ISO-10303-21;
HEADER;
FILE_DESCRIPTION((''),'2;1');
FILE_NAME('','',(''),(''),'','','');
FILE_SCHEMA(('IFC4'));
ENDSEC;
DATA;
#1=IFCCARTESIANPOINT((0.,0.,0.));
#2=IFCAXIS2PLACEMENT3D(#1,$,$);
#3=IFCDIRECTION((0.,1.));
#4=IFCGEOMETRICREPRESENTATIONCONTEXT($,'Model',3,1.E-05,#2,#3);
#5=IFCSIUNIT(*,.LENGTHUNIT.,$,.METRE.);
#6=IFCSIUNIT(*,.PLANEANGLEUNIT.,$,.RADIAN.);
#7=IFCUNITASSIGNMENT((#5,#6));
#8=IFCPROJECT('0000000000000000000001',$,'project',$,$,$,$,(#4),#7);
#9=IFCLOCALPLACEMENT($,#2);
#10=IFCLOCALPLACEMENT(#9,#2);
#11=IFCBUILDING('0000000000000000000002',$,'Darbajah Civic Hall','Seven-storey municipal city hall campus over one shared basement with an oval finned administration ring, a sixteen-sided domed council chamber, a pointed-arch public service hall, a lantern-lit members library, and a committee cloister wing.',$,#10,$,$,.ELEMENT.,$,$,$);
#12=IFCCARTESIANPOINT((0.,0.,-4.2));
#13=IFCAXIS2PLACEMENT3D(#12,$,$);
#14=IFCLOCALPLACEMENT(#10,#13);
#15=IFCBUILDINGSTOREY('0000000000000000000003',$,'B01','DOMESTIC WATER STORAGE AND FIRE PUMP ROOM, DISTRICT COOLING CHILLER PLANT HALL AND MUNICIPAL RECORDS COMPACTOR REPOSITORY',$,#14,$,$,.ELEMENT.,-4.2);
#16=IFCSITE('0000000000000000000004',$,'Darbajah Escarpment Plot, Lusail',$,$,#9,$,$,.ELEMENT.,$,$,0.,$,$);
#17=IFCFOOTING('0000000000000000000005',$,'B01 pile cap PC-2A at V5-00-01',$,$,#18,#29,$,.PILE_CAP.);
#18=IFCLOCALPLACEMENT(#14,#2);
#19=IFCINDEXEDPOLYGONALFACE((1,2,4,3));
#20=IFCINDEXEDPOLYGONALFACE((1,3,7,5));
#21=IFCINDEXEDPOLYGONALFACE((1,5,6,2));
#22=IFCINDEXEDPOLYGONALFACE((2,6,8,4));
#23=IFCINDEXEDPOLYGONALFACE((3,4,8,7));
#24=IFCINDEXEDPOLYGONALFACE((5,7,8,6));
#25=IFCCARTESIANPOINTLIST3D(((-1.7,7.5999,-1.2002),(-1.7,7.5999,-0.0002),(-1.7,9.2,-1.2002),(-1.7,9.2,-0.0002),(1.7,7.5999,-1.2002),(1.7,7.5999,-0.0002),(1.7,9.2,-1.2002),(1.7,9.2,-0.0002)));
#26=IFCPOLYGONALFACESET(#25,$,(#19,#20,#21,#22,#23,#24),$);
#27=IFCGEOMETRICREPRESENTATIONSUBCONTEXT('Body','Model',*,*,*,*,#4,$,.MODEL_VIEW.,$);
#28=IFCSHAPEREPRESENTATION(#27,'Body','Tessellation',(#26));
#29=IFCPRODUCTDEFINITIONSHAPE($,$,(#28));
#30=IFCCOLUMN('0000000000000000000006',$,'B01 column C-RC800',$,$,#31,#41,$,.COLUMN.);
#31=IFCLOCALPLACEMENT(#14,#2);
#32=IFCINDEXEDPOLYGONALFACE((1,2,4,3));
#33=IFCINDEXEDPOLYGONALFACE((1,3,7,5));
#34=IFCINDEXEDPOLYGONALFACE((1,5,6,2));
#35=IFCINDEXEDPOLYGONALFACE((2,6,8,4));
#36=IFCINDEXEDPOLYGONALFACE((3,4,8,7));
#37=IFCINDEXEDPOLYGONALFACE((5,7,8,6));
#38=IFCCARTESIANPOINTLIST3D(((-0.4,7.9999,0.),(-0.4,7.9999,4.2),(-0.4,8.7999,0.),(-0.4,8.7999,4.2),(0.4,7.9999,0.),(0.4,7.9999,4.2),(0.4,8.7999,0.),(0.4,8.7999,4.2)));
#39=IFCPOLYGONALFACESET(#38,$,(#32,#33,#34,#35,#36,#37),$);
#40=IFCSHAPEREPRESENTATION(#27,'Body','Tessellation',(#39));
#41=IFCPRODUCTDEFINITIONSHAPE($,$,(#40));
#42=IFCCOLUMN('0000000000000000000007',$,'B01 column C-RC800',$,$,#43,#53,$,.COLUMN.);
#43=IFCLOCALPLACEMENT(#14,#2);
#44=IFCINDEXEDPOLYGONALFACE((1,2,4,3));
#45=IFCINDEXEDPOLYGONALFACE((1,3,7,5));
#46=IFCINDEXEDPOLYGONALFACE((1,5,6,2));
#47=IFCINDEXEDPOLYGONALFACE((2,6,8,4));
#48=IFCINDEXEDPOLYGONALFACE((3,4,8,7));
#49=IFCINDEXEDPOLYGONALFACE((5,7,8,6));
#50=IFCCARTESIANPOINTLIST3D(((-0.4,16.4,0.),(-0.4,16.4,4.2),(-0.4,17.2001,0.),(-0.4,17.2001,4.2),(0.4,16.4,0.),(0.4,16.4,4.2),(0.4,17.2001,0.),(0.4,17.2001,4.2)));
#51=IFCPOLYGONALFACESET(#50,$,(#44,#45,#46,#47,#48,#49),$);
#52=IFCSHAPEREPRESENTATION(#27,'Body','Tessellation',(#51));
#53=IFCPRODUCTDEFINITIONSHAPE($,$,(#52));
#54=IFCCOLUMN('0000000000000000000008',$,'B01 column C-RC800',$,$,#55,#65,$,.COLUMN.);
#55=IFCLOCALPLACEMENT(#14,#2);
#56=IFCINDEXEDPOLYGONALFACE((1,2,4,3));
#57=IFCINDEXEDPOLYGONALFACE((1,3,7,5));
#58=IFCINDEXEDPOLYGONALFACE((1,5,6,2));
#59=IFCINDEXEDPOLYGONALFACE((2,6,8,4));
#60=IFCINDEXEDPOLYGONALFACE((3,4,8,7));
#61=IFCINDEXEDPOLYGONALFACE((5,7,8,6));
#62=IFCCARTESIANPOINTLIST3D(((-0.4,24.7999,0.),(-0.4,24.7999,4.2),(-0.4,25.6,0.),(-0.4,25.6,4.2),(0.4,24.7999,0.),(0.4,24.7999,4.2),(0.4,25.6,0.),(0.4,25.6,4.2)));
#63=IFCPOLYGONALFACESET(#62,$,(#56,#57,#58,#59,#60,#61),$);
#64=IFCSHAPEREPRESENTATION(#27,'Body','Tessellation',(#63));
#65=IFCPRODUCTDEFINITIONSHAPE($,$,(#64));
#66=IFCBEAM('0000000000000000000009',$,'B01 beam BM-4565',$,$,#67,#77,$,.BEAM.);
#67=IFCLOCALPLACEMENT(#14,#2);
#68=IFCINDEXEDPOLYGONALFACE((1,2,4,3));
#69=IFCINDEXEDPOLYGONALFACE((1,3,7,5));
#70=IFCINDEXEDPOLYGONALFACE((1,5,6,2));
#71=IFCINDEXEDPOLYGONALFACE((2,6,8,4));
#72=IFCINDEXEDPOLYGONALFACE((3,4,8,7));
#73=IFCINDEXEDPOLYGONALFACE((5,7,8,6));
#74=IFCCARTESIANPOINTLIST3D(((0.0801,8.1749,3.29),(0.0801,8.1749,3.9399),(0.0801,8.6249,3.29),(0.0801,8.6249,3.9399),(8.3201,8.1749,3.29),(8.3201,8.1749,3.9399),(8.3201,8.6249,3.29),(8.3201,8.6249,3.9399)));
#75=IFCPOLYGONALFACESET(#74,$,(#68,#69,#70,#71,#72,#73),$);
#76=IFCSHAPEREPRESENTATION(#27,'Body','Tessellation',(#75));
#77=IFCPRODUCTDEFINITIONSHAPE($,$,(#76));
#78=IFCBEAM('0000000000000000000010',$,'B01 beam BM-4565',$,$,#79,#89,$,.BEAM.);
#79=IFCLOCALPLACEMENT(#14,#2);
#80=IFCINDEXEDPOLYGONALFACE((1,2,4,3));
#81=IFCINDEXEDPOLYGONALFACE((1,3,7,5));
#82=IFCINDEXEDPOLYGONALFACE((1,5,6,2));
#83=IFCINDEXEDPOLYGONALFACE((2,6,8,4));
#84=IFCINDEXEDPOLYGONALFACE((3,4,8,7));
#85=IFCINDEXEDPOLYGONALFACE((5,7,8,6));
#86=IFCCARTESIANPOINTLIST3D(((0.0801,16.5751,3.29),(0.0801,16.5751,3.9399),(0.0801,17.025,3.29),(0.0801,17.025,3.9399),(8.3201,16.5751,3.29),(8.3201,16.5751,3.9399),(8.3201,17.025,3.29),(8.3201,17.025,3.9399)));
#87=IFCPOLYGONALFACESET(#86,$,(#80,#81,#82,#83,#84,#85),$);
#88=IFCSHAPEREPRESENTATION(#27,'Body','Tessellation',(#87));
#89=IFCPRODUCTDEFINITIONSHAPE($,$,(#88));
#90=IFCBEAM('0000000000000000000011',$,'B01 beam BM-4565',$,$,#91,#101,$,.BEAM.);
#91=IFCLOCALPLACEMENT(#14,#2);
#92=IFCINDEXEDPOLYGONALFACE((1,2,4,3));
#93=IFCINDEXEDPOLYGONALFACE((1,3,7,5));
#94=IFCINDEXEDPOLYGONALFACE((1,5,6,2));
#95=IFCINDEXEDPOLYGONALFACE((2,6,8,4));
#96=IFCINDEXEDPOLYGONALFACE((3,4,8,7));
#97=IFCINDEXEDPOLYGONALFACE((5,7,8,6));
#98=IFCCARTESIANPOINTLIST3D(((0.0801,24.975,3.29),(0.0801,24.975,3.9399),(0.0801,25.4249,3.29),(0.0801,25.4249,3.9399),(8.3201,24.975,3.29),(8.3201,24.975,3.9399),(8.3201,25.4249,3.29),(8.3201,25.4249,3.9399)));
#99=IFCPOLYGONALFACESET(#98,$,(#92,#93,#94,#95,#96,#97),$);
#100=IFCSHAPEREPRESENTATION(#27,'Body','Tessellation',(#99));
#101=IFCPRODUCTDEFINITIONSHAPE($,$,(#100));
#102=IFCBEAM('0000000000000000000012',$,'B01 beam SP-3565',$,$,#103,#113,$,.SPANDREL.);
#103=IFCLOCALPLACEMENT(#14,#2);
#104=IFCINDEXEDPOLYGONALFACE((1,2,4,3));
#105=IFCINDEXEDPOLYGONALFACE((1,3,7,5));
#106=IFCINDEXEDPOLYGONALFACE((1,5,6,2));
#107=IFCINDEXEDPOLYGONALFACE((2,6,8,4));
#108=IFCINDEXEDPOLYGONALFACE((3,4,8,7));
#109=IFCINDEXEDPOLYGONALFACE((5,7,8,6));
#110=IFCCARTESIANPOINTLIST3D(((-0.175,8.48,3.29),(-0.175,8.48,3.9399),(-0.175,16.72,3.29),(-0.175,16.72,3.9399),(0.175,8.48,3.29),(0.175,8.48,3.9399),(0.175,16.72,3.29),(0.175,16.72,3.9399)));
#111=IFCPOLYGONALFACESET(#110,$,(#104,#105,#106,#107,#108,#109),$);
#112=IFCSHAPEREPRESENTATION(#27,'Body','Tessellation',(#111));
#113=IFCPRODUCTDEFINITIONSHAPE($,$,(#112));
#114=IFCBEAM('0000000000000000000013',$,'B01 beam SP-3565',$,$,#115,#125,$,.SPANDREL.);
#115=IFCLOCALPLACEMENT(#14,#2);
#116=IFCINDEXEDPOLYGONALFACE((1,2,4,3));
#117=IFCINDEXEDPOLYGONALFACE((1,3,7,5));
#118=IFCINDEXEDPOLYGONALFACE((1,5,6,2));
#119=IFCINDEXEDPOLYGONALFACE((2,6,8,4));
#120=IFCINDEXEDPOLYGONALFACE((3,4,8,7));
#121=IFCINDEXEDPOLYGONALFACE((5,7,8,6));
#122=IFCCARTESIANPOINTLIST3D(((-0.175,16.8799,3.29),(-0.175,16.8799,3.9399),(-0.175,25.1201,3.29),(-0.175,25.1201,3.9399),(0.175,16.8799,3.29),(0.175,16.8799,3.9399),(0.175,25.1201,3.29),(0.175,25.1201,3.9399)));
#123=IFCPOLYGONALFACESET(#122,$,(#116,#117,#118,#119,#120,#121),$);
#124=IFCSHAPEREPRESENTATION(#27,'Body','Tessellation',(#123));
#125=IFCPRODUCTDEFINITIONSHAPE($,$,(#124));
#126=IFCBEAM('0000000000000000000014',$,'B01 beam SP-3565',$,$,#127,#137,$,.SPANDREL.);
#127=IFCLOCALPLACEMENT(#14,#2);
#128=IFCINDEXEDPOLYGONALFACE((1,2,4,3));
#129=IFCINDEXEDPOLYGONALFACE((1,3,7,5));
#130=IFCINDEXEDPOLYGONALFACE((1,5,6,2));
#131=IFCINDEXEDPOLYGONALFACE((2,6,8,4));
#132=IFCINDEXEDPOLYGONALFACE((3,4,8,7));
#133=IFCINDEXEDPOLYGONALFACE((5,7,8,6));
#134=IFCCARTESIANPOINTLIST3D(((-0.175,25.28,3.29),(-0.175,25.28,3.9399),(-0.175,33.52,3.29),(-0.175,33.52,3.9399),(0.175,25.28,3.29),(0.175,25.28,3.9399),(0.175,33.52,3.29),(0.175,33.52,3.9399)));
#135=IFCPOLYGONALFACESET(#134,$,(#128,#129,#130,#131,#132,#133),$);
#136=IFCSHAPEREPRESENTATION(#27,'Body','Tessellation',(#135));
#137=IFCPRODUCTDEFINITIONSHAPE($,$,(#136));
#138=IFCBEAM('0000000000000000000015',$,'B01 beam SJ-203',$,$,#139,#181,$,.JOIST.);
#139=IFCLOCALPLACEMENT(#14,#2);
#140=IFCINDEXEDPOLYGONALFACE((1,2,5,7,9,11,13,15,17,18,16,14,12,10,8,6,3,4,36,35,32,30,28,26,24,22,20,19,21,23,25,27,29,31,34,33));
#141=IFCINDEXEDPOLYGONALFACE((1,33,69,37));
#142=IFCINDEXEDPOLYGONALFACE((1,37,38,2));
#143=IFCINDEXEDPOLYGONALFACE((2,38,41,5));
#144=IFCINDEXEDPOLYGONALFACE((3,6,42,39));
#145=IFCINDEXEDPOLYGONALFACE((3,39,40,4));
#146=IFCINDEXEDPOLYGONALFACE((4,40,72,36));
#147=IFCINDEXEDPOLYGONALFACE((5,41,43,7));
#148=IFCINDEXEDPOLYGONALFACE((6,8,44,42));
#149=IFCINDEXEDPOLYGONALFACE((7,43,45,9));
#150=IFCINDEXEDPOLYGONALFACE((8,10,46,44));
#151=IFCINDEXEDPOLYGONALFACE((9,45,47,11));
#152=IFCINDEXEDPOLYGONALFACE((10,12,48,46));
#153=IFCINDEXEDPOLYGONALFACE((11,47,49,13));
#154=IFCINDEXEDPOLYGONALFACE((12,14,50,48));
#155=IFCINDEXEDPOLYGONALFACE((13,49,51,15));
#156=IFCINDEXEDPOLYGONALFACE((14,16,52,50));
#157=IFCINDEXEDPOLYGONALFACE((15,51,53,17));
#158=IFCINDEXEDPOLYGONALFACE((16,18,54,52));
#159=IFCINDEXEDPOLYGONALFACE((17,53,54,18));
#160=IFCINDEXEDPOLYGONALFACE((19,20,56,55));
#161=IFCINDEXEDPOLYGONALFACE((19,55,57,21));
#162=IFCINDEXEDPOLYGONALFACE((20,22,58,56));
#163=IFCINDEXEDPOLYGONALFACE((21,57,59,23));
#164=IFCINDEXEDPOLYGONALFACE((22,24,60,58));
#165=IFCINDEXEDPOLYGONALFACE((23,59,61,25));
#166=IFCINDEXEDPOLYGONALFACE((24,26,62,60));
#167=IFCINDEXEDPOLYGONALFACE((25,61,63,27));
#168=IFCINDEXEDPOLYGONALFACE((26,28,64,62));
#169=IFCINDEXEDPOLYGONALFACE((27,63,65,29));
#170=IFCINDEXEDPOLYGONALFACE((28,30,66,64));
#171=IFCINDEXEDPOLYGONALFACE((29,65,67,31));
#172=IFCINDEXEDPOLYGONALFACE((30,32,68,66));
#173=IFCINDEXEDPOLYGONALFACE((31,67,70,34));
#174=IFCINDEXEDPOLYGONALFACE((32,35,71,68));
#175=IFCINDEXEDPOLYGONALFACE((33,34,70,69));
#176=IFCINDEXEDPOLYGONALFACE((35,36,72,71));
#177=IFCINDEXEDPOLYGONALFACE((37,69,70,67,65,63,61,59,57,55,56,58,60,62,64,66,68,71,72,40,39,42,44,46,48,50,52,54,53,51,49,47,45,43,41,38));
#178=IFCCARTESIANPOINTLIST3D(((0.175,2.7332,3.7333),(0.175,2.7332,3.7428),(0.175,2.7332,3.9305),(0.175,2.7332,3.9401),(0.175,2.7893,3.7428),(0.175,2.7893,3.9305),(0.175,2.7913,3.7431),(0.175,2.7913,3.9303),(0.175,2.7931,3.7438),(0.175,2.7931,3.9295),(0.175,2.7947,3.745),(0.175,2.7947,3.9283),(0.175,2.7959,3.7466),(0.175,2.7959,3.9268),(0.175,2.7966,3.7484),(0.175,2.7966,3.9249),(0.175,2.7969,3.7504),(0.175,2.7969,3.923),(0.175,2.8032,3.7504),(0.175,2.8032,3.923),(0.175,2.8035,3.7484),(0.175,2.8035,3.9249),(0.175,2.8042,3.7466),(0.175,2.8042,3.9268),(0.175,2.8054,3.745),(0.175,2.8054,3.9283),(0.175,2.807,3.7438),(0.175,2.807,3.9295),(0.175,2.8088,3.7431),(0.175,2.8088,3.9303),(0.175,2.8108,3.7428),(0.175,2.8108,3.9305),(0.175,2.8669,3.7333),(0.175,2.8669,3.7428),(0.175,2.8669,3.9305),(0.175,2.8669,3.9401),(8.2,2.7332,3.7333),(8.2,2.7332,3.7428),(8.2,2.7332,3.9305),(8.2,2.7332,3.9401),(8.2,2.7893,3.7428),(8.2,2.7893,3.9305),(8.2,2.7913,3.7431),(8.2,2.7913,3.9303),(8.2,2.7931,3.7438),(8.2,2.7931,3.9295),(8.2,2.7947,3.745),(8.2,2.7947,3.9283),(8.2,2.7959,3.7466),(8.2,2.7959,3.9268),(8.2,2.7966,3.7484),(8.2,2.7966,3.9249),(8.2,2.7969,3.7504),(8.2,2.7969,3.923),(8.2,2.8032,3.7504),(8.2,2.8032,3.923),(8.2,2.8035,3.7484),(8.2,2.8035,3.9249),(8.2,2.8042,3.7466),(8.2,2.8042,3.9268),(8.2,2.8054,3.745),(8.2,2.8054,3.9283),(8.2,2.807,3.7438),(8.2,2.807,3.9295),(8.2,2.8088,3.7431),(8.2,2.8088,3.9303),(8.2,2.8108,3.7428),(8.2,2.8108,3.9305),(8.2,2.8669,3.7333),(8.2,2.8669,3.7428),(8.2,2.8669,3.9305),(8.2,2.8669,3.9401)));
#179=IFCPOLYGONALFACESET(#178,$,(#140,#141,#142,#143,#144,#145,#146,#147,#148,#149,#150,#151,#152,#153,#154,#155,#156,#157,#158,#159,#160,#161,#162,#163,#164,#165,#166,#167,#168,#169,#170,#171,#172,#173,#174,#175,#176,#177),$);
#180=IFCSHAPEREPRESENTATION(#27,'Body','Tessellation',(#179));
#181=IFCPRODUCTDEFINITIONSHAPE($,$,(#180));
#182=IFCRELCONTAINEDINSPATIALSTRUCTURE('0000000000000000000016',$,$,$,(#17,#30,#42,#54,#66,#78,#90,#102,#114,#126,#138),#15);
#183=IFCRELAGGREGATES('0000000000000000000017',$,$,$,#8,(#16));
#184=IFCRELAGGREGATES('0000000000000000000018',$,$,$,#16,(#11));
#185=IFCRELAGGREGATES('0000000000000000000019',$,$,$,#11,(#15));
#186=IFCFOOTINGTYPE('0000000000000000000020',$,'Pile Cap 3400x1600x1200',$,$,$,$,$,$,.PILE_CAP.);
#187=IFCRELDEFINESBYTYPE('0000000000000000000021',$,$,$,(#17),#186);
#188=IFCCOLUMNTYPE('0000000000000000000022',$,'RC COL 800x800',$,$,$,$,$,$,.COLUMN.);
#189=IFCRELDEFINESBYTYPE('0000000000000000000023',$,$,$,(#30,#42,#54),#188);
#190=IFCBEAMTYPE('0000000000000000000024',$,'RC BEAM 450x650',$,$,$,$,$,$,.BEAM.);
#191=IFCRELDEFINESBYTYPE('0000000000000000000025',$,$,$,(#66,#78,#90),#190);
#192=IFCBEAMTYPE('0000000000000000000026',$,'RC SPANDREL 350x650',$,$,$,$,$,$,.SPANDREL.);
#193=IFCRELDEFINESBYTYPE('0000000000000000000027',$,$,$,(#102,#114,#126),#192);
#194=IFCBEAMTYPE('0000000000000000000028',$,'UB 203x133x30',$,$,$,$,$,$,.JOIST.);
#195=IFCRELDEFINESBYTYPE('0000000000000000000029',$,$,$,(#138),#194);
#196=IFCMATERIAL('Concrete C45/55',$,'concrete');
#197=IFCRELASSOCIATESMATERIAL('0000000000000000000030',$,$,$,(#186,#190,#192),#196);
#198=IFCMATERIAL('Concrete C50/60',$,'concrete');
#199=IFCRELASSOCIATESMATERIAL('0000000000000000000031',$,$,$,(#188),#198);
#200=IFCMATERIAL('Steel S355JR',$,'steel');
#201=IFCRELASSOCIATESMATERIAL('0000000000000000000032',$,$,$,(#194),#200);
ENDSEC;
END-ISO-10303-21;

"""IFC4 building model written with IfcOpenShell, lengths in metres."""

from ifc_helpers import new_model, si_unit, direction, frame, origin, origin_2d, place, context, subcontext, project, spatial, rectangle, i_section, extrude, material, material_profile, profile_set, type_object, element, save


model = new_model("IFC4")

# Units and contexts
model_context = context("Model", 3, precision=1e-05, world=origin(), true_north=direction((0.0, 1.0)))
body_context = subcontext(model_context, "Body", "Model", "MODEL_VIEW")
ifc_project = project(units=[si_unit("LENGTHUNIT", "METRE"), si_unit("PLANEANGLEUNIT", "RADIAN")], contexts=[model_context])

# Site, building, storey
site_placement = place(None, origin())
site = spatial("IfcSite", under=ifc_project, at=site_placement, Name="Darbajah Escarpment Plot, Lusail", CompositionType="ELEMENT", RefElevation=0.0)
building_placement = place(site_placement, origin())
building = spatial("IfcBuilding", under=site, at=building_placement, Name="Darbajah Civic Hall", Description="Seven-storey municipal city hall campus over one shared basement with an oval finned administration ring, a sixteen-sided domed council chamber, a pointed-arch public service hall, a lantern-lit members library, and a committee cloister wing.", CompositionType="ELEMENT")
storey_placement = place(building_placement, frame((0.0, 0.0, -4.2)))
storey = spatial("IfcBuildingStorey", under=building, at=storey_placement, Name="B01", Description="DOMESTIC WATER STORAGE AND FIRE PUMP ROOM, DISTRICT COOLING CHILLER PLANT HALL AND MUNICIPAL RECORDS COMPACTOR REPOSITORY", CompositionType="ELEMENT", Elevation=-4.2)

# Shared definitions
ifc_material_1 = material(Name="Concrete C45/55", Category="concrete")

# Footing
footing_type_1 = type_object("IfcFootingType", Name="Pile Cap 3400x1600x1200", PredefinedType="PILE_CAP", material=ifc_material_1)
footing_1_placement = place(storey_placement, frame((0.0, 8.3999, -1.2002), z_axis=(0.0, 0.0, 1.0), x_axis=(1.0, 0.0, 0.0)))
element("IfcFooting", 1, at=footing_1_placement, inside=storey, type_object=footing_type_1, Name="B01 pile cap PC-2A at V5-00-01", PredefinedType="PILE_CAP", context=body_context, shape_type="SweptSolid", body=[
    extrude(rectangle(XDim=3.3999, YDim=1.6001, at=origin_2d()), origin(), (0.0, 0.0, 1.0), 1.2),
])

# Columns
ifc_material_2 = material(Name="Concrete C50/60", Category="concrete")
ifc_material_profile_1 = material_profile(ifc_material_2, rectangle(XDim=0.8, YDim=0.8, at=origin_2d()), Name="RC COL 800x800")
ifc_profile_set_1 = profile_set([ifc_material_profile_1], Name="Concrete C50/60")
column_type = type_object("IfcColumnType", Name="RC COL 800x800", PredefinedType="COLUMN", material=ifc_profile_set_1)
for number, where, z_axis, x_axis, name in (
    (2, (0.0, 8.3999, 0.0), (0.0, 0.0, 1.0), (1.0, 0.0, 0.0), "B01 column C-RC800"),
    (3, (0.0, 16.8, 0.0), (0.0, 0.0, 1.0), (1.0, 0.0, 0.0), "B01 column C-RC800"),
    (4, (0.0, 25.2, 0.0), (0.0, 0.0, 1.0), (1.0, 0.0, 0.0), "B01 column C-RC800"),
):
    element("IfcColumn", number, at=place(storey_placement, frame(where, z_axis=z_axis, x_axis=x_axis)), inside=storey, type_object=column_type, Name=name, PredefinedType="COLUMN", context=body_context, shape_type="SweptSolid", body=[
        extrude(rectangle(XDim=0.8, YDim=0.8, at=origin_2d()), origin(), (0.0, 0.0, 1.0), 4.2),
    ])

# Beams
ifc_material_profile_2 = material_profile(ifc_material_1, rectangle(XDim=0.45, YDim=0.6499, at=origin_2d()), Name="RC BEAM 450x650")
ifc_profile_set_2 = profile_set([ifc_material_profile_2], Name="Concrete C45/55")
beam_type_1 = type_object("IfcBeamType", Name="RC BEAM 450x650", PredefinedType="BEAM", material=ifc_profile_set_2)
for number, where, z_axis, x_axis, name in (
    (5, (0.0801, 8.3999, 3.615), (1.0, 0.0, 0.0), (0.0, 1.0, 0.0), "B01 beam BM-4565"),
    (6, (0.0801, 16.8, 3.615), (1.0, 0.0, 0.0), (0.0, 1.0, 0.0), "B01 beam BM-4565"),
    (7, (0.0801, 25.2, 3.615), (1.0, 0.0, 0.0), (0.0, 1.0, 0.0), "B01 beam BM-4565"),
):
    element("IfcBeam", number, at=place(storey_placement, frame(where, z_axis=z_axis, x_axis=x_axis)), inside=storey, type_object=beam_type_1, Name=name, PredefinedType="BEAM", context=body_context, shape_type="SweptSolid", body=[
        extrude(rectangle(XDim=0.45, YDim=0.6499, at=origin_2d()), origin(), (0.0, 0.0, 1.0), 8.24),
    ])
ifc_material_profile_3 = material_profile(ifc_material_1, rectangle(XDim=0.3501, YDim=0.6499, at=origin_2d()), Name="RC SPANDREL 350x650")
ifc_profile_set_3 = profile_set([ifc_material_profile_3], Name="Concrete C45/55")
beam_type_2 = type_object("IfcBeamType", Name="RC SPANDREL 350x650", PredefinedType="SPANDREL", material=ifc_profile_set_3)
beam_1_placement = place(storey_placement, frame((0.0, 8.48, 3.615), z_axis=(0.0, 1.0, 0.0), x_axis=(-1.0, 0.0, 0.0)))
element("IfcBeam", 8, at=beam_1_placement, inside=storey, type_object=beam_type_2, Name="B01 beam SP-3565", PredefinedType="SPANDREL", context=body_context, shape_type="SweptSolid", body=[
    extrude(rectangle(XDim=0.3501, YDim=0.6499, at=origin_2d()), origin(), (0.0, 0.0, 1.0), 8.24),
])
beam_2_placement = place(storey_placement, frame((0.0, 16.8799, 3.615), z_axis=(0.0, 1.0, 0.0), x_axis=(-1.0, 0.0, 0.0)))
element("IfcBeam", 9, at=beam_2_placement, inside=storey, type_object=beam_type_2, Name="B01 beam SP-3565", PredefinedType="SPANDREL", context=body_context, shape_type="SweptSolid", body=[
    extrude(rectangle(XDim=0.3501, YDim=0.6499, at=origin_2d()), origin(), (0.0, 0.0, 1.0), 8.2402),
])
beam_3_placement = place(storey_placement, frame((0.0, 25.28, 3.615), z_axis=(0.0, 1.0, 0.0), x_axis=(-1.0, 0.0, 0.0)))
element("IfcBeam", 10, at=beam_3_placement, inside=storey, type_object=beam_type_2, Name="B01 beam SP-3565", PredefinedType="SPANDREL", context=body_context, shape_type="SweptSolid", body=[
    extrude(rectangle(XDim=0.3501, YDim=0.6499, at=origin_2d()), origin(), (0.0, 0.0, 1.0), 8.24),
])
ifc_material_3 = material(Name="Steel S355JR", Category="steel")
ifc_material_profile_4 = material_profile(ifc_material_3, i_section(OverallWidth=0.1338, OverallDepth=0.2068, WebThickness=0.0063, FlangeThickness=0.0095, FilletRadius=0.0076, at=origin_2d()), Name="UB 203x133x30")
ifc_profile_set_4 = profile_set([ifc_material_profile_4], Name="Steel S355JR")
beam_type_3 = type_object("IfcBeamType", Name="UB 203x133x30", PredefinedType="JOIST", material=ifc_profile_set_4)
for number, where, z_axis, x_axis, name in (
    (11, (0.175, 2.8, 3.8367), (1.0, 0.0, 0.0), (0.0, 1.0, 0.0), "B01 beam SJ-203"),
):
    element("IfcBeam", number, at=place(storey_placement, frame(where, z_axis=z_axis, x_axis=x_axis)), inside=storey, type_object=beam_type_3, Name=name, PredefinedType="JOIST", context=body_context, shape_type="SweptSolid", body=[
        extrude(i_section(OverallWidth=0.1338, OverallDepth=0.2068, WebThickness=0.0063, FlangeThickness=0.0095, FilletRadius=0.0076, at=origin_2d()), origin(), (0.0, 0.0, 1.0), 8.0249),
    ])

save(model, "model.ifc")
